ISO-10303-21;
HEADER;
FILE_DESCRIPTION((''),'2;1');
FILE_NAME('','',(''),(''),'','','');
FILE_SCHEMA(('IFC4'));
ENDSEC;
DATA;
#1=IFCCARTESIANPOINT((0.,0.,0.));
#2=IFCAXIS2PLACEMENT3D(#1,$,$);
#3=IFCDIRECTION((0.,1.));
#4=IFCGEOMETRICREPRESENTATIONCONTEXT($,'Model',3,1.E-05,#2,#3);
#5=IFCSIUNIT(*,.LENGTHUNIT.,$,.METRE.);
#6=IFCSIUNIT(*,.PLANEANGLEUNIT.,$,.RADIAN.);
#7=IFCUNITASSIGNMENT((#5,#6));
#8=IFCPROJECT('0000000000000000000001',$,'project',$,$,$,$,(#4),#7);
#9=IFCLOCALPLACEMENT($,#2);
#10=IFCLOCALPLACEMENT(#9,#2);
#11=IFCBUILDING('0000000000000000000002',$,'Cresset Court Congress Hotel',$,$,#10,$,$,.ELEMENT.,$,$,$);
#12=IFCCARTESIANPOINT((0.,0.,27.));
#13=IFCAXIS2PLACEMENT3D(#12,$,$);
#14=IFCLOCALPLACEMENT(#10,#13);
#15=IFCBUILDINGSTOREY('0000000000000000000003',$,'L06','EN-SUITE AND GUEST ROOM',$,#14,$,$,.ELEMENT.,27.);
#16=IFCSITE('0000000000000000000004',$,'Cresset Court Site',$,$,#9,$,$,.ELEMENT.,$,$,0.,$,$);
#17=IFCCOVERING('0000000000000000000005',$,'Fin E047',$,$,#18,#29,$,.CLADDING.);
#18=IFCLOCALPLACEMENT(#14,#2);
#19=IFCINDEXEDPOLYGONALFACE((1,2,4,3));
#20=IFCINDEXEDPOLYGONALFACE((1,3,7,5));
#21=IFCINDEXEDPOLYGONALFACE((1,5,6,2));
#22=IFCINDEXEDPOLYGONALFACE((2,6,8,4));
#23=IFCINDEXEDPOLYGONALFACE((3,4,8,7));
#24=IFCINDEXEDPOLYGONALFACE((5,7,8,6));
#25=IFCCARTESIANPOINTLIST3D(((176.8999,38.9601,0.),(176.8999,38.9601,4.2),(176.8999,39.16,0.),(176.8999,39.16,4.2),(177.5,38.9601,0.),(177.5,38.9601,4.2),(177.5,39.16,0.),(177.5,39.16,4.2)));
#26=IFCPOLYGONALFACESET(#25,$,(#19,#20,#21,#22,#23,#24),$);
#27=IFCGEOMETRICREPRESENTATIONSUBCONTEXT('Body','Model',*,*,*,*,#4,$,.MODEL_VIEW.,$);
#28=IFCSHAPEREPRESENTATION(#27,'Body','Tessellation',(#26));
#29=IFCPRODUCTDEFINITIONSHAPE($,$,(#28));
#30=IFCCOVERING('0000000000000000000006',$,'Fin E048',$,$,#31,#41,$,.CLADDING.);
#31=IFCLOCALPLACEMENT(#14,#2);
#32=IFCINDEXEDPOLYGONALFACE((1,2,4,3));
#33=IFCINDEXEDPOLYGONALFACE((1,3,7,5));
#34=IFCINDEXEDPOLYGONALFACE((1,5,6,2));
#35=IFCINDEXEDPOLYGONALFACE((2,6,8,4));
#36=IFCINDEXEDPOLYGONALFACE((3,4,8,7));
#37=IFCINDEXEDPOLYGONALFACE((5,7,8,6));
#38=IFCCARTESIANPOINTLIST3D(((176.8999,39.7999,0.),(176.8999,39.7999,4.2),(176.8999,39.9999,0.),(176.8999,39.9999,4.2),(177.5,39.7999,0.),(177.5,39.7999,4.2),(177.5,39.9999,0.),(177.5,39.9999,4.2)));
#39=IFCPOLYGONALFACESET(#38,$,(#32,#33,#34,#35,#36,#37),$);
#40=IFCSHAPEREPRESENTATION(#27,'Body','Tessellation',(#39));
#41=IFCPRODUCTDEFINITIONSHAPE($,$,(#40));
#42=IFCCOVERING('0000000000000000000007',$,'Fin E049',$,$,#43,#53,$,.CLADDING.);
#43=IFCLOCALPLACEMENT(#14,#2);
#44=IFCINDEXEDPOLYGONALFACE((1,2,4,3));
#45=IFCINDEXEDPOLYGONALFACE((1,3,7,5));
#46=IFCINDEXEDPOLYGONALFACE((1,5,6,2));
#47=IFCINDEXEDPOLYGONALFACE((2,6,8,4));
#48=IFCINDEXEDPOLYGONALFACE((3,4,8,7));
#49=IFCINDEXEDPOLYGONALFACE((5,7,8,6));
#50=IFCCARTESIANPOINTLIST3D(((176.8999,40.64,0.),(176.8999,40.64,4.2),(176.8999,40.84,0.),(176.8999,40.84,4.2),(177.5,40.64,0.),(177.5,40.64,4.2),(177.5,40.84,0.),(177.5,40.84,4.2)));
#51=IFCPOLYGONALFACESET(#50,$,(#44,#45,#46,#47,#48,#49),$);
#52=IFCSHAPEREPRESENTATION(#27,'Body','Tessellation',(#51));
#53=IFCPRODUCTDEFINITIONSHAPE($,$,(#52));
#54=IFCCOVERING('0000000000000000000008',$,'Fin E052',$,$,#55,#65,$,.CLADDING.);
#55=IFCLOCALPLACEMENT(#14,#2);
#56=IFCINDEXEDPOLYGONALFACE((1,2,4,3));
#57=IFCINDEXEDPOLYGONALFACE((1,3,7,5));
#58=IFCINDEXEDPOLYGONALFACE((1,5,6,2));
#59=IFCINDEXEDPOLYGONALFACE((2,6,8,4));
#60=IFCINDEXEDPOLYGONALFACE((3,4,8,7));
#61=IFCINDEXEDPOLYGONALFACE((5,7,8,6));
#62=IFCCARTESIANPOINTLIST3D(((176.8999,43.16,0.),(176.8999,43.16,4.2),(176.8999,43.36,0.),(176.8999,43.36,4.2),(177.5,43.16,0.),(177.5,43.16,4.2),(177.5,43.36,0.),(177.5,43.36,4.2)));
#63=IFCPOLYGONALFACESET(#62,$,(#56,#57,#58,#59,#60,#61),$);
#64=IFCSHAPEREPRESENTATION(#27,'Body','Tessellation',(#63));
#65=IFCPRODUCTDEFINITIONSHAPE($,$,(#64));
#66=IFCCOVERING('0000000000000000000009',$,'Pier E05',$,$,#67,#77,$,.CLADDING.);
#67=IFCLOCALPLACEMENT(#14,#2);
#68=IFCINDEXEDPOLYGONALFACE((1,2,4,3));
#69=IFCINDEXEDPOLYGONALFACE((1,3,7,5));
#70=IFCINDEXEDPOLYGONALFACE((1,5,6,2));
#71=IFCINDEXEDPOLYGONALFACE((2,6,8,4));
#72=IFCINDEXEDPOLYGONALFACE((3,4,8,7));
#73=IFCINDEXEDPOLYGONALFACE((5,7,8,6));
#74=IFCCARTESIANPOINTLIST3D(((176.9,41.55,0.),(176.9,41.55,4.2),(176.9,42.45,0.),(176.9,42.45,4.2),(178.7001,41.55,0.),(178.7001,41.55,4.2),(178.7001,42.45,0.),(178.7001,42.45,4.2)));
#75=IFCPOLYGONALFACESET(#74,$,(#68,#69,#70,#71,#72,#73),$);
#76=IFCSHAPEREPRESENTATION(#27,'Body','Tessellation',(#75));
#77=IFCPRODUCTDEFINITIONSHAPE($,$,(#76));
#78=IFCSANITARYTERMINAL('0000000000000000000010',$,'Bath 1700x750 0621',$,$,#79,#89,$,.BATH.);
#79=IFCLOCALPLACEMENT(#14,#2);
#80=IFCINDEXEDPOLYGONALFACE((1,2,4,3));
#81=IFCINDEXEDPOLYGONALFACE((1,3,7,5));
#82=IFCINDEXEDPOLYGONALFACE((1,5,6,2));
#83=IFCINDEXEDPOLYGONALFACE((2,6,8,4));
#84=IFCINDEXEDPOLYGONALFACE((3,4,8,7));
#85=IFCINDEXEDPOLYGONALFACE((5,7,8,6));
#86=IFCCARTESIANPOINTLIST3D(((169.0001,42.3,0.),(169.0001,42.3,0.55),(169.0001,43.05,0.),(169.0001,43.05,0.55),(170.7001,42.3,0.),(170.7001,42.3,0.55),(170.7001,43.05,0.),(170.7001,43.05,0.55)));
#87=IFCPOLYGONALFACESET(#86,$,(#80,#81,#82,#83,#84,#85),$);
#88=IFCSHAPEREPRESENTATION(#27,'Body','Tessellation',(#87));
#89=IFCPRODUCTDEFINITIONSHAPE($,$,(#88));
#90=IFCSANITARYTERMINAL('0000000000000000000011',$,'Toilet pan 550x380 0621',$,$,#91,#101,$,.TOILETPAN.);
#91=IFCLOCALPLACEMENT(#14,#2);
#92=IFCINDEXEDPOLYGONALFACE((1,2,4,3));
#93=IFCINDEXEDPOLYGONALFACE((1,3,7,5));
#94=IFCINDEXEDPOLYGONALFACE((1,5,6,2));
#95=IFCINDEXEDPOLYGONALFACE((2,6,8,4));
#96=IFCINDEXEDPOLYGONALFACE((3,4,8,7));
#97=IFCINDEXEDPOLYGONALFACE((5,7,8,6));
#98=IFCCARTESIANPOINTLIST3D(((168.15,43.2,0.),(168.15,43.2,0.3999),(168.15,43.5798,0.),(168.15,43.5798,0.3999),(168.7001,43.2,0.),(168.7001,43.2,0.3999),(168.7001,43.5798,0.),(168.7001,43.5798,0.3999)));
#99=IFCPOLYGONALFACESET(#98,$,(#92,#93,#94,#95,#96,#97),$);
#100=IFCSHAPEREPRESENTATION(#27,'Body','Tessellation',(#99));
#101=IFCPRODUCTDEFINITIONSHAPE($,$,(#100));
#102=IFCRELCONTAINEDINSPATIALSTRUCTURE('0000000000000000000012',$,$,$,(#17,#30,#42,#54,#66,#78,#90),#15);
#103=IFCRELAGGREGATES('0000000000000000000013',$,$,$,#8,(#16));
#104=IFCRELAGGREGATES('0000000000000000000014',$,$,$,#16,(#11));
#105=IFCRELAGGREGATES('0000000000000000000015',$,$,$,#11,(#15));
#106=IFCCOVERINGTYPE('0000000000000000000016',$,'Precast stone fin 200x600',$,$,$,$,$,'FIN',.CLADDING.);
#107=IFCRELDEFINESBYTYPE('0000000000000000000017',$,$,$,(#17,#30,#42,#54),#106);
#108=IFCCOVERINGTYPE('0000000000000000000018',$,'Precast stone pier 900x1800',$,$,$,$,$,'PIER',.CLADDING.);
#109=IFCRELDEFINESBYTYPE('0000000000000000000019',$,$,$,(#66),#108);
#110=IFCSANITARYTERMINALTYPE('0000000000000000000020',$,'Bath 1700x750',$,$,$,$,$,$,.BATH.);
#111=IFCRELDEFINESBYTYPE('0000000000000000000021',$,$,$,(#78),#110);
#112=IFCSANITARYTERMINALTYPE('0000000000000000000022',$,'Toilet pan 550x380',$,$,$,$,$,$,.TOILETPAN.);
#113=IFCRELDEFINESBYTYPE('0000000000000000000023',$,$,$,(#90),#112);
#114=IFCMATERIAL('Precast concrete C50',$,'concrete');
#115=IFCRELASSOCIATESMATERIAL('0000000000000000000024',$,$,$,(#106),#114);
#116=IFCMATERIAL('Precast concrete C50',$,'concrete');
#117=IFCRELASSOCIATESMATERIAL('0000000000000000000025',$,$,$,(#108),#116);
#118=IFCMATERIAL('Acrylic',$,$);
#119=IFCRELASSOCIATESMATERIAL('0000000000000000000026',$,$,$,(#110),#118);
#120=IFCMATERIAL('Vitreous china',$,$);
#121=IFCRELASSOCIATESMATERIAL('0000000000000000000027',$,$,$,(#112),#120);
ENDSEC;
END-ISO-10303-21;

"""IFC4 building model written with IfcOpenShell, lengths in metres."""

from ifc_helpers import new_model, si_unit, direction, frame, origin, origin_2d, place, context, subcontext, project, spatial, rectangle, extrude, material, type_object, element, save


model = new_model("IFC4")

# Units and contexts
model_context = context("Model", 3, precision=1e-05, world=origin(), true_north=direction((0.0, 1.0)))
body_context = subcontext(model_context, "Body", "Model", "MODEL_VIEW")
ifc_project = project(units=[si_unit("LENGTHUNIT", "METRE"), si_unit("PLANEANGLEUNIT", "RADIAN")], contexts=[model_context])

# Site, building, storey
site_placement = place(None, origin())
site = spatial("IfcSite", under=ifc_project, at=site_placement, Name="Cresset Court Site", CompositionType="ELEMENT", RefElevation=0.0)
building_placement = place(site_placement, origin())
building = spatial("IfcBuilding", under=site, at=building_placement, Name="Cresset Court Congress Hotel", CompositionType="ELEMENT")
storey_placement = place(building_placement, frame((0.0, 0.0, 27.0)))
storey = spatial("IfcBuildingStorey", under=building, at=storey_placement, Name="L06", Description="EN-SUITE AND GUEST ROOM", CompositionType="ELEMENT", Elevation=27.0)

# Coverings
ifc_material_1 = material(Name="Precast concrete C50", Category="concrete")
covering_type_1 = type_object("IfcCoveringType", Name="Precast stone fin 200x600", ElementType="FIN", PredefinedType="CLADDING", material=ifc_material_1)
for number, where, z_axis, x_axis, name in (
    (1, (177.2, 39.0601, 0.0), (0.0, 0.0, 1.0), (1.0, 0.0, 0.0), "Fin E047"),
    (2, (177.2, 39.8999, 0.0), (0.0, 0.0, 1.0), (1.0, 0.0, 0.0), "Fin E048"),
    (3, (177.2, 40.74, 0.0), (0.0, 0.0, 1.0), (1.0, 0.0, 0.0), "Fin E049"),
    (4, (177.2, 43.26, 0.0), (0.0, 0.0, 1.0), (1.0, 0.0, 0.0), "Fin E052"),
):
    element("IfcCovering", number, at=place(storey_placement, frame(where, z_axis=z_axis, x_axis=x_axis)), inside=storey, type_object=covering_type_1, Name=name, PredefinedType="CLADDING", context=body_context, shape_type="SweptSolid", body=[
        extrude(rectangle(XDim=0.6001, YDim=0.2, at=origin_2d()), origin(), (0.0, 0.0, 1.0), 4.2),
    ])
ifc_material_2 = material(Name="Precast concrete C50", Category="concrete")
covering_type_2 = type_object("IfcCoveringType", Name="Precast stone pier 900x1800", ElementType="PIER", PredefinedType="CLADDING", material=ifc_material_2)
covering_placement = place(storey_placement, frame((177.8, 42.0, 0.0), z_axis=(0.0, 0.0, 1.0), x_axis=(1.0, 0.0, 0.0)))
element("IfcCovering", 5, at=covering_placement, inside=storey, type_object=covering_type_2, Name="Pier E05", PredefinedType="CLADDING", context=body_context, shape_type="SweptSolid", body=[
    extrude(rectangle(XDim=1.8, YDim=0.8999, at=origin_2d()), origin(), (0.0, 0.0, 1.0), 4.2),
])

# Sanitary terminals
ifc_material_3 = material(Name="Acrylic")
sanitary_terminal_type_1 = type_object("IfcSanitaryTerminalType", Name="Bath 1700x750", PredefinedType="BATH", material=ifc_material_3)
sanitary_terminal_1_placement = place(storey_placement, frame((169.8501, 42.675, 0.0), z_axis=(0.0, 0.0, 1.0), x_axis=(1.0, 0.0, 0.0)))
element("IfcSanitaryTerminal", 6, at=sanitary_terminal_1_placement, inside=storey, type_object=sanitary_terminal_type_1, Name="Bath 1700x750 0621", PredefinedType="BATH", context=body_context, shape_type="SweptSolid", body=[
    extrude(rectangle(XDim=1.7, YDim=0.75, at=origin_2d()), origin(), (0.0, 0.0, 1.0), 0.55),
])
ifc_material_4 = material(Name="Vitreous china")
sanitary_terminal_type_2 = type_object("IfcSanitaryTerminalType", Name="Toilet pan 550x380", PredefinedType="TOILETPAN", material=ifc_material_4)
sanitary_terminal_2_placement = place(storey_placement, frame((168.425, 43.3899, 0.0), z_axis=(0.0, 0.0, 1.0), x_axis=(1.0, 0.0, 0.0)))
element("IfcSanitaryTerminal", 7, at=sanitary_terminal_2_placement, inside=storey, type_object=sanitary_terminal_type_2, Name="Toilet pan 550x380 0621", PredefinedType="TOILETPAN", context=body_context, shape_type="SweptSolid", body=[
    extrude(rectangle(XDim=0.55, YDim=0.3799, at=origin_2d()), origin(), (0.0, 0.0, 1.0), 0.3999),
])

save(model, "model.ifc")
